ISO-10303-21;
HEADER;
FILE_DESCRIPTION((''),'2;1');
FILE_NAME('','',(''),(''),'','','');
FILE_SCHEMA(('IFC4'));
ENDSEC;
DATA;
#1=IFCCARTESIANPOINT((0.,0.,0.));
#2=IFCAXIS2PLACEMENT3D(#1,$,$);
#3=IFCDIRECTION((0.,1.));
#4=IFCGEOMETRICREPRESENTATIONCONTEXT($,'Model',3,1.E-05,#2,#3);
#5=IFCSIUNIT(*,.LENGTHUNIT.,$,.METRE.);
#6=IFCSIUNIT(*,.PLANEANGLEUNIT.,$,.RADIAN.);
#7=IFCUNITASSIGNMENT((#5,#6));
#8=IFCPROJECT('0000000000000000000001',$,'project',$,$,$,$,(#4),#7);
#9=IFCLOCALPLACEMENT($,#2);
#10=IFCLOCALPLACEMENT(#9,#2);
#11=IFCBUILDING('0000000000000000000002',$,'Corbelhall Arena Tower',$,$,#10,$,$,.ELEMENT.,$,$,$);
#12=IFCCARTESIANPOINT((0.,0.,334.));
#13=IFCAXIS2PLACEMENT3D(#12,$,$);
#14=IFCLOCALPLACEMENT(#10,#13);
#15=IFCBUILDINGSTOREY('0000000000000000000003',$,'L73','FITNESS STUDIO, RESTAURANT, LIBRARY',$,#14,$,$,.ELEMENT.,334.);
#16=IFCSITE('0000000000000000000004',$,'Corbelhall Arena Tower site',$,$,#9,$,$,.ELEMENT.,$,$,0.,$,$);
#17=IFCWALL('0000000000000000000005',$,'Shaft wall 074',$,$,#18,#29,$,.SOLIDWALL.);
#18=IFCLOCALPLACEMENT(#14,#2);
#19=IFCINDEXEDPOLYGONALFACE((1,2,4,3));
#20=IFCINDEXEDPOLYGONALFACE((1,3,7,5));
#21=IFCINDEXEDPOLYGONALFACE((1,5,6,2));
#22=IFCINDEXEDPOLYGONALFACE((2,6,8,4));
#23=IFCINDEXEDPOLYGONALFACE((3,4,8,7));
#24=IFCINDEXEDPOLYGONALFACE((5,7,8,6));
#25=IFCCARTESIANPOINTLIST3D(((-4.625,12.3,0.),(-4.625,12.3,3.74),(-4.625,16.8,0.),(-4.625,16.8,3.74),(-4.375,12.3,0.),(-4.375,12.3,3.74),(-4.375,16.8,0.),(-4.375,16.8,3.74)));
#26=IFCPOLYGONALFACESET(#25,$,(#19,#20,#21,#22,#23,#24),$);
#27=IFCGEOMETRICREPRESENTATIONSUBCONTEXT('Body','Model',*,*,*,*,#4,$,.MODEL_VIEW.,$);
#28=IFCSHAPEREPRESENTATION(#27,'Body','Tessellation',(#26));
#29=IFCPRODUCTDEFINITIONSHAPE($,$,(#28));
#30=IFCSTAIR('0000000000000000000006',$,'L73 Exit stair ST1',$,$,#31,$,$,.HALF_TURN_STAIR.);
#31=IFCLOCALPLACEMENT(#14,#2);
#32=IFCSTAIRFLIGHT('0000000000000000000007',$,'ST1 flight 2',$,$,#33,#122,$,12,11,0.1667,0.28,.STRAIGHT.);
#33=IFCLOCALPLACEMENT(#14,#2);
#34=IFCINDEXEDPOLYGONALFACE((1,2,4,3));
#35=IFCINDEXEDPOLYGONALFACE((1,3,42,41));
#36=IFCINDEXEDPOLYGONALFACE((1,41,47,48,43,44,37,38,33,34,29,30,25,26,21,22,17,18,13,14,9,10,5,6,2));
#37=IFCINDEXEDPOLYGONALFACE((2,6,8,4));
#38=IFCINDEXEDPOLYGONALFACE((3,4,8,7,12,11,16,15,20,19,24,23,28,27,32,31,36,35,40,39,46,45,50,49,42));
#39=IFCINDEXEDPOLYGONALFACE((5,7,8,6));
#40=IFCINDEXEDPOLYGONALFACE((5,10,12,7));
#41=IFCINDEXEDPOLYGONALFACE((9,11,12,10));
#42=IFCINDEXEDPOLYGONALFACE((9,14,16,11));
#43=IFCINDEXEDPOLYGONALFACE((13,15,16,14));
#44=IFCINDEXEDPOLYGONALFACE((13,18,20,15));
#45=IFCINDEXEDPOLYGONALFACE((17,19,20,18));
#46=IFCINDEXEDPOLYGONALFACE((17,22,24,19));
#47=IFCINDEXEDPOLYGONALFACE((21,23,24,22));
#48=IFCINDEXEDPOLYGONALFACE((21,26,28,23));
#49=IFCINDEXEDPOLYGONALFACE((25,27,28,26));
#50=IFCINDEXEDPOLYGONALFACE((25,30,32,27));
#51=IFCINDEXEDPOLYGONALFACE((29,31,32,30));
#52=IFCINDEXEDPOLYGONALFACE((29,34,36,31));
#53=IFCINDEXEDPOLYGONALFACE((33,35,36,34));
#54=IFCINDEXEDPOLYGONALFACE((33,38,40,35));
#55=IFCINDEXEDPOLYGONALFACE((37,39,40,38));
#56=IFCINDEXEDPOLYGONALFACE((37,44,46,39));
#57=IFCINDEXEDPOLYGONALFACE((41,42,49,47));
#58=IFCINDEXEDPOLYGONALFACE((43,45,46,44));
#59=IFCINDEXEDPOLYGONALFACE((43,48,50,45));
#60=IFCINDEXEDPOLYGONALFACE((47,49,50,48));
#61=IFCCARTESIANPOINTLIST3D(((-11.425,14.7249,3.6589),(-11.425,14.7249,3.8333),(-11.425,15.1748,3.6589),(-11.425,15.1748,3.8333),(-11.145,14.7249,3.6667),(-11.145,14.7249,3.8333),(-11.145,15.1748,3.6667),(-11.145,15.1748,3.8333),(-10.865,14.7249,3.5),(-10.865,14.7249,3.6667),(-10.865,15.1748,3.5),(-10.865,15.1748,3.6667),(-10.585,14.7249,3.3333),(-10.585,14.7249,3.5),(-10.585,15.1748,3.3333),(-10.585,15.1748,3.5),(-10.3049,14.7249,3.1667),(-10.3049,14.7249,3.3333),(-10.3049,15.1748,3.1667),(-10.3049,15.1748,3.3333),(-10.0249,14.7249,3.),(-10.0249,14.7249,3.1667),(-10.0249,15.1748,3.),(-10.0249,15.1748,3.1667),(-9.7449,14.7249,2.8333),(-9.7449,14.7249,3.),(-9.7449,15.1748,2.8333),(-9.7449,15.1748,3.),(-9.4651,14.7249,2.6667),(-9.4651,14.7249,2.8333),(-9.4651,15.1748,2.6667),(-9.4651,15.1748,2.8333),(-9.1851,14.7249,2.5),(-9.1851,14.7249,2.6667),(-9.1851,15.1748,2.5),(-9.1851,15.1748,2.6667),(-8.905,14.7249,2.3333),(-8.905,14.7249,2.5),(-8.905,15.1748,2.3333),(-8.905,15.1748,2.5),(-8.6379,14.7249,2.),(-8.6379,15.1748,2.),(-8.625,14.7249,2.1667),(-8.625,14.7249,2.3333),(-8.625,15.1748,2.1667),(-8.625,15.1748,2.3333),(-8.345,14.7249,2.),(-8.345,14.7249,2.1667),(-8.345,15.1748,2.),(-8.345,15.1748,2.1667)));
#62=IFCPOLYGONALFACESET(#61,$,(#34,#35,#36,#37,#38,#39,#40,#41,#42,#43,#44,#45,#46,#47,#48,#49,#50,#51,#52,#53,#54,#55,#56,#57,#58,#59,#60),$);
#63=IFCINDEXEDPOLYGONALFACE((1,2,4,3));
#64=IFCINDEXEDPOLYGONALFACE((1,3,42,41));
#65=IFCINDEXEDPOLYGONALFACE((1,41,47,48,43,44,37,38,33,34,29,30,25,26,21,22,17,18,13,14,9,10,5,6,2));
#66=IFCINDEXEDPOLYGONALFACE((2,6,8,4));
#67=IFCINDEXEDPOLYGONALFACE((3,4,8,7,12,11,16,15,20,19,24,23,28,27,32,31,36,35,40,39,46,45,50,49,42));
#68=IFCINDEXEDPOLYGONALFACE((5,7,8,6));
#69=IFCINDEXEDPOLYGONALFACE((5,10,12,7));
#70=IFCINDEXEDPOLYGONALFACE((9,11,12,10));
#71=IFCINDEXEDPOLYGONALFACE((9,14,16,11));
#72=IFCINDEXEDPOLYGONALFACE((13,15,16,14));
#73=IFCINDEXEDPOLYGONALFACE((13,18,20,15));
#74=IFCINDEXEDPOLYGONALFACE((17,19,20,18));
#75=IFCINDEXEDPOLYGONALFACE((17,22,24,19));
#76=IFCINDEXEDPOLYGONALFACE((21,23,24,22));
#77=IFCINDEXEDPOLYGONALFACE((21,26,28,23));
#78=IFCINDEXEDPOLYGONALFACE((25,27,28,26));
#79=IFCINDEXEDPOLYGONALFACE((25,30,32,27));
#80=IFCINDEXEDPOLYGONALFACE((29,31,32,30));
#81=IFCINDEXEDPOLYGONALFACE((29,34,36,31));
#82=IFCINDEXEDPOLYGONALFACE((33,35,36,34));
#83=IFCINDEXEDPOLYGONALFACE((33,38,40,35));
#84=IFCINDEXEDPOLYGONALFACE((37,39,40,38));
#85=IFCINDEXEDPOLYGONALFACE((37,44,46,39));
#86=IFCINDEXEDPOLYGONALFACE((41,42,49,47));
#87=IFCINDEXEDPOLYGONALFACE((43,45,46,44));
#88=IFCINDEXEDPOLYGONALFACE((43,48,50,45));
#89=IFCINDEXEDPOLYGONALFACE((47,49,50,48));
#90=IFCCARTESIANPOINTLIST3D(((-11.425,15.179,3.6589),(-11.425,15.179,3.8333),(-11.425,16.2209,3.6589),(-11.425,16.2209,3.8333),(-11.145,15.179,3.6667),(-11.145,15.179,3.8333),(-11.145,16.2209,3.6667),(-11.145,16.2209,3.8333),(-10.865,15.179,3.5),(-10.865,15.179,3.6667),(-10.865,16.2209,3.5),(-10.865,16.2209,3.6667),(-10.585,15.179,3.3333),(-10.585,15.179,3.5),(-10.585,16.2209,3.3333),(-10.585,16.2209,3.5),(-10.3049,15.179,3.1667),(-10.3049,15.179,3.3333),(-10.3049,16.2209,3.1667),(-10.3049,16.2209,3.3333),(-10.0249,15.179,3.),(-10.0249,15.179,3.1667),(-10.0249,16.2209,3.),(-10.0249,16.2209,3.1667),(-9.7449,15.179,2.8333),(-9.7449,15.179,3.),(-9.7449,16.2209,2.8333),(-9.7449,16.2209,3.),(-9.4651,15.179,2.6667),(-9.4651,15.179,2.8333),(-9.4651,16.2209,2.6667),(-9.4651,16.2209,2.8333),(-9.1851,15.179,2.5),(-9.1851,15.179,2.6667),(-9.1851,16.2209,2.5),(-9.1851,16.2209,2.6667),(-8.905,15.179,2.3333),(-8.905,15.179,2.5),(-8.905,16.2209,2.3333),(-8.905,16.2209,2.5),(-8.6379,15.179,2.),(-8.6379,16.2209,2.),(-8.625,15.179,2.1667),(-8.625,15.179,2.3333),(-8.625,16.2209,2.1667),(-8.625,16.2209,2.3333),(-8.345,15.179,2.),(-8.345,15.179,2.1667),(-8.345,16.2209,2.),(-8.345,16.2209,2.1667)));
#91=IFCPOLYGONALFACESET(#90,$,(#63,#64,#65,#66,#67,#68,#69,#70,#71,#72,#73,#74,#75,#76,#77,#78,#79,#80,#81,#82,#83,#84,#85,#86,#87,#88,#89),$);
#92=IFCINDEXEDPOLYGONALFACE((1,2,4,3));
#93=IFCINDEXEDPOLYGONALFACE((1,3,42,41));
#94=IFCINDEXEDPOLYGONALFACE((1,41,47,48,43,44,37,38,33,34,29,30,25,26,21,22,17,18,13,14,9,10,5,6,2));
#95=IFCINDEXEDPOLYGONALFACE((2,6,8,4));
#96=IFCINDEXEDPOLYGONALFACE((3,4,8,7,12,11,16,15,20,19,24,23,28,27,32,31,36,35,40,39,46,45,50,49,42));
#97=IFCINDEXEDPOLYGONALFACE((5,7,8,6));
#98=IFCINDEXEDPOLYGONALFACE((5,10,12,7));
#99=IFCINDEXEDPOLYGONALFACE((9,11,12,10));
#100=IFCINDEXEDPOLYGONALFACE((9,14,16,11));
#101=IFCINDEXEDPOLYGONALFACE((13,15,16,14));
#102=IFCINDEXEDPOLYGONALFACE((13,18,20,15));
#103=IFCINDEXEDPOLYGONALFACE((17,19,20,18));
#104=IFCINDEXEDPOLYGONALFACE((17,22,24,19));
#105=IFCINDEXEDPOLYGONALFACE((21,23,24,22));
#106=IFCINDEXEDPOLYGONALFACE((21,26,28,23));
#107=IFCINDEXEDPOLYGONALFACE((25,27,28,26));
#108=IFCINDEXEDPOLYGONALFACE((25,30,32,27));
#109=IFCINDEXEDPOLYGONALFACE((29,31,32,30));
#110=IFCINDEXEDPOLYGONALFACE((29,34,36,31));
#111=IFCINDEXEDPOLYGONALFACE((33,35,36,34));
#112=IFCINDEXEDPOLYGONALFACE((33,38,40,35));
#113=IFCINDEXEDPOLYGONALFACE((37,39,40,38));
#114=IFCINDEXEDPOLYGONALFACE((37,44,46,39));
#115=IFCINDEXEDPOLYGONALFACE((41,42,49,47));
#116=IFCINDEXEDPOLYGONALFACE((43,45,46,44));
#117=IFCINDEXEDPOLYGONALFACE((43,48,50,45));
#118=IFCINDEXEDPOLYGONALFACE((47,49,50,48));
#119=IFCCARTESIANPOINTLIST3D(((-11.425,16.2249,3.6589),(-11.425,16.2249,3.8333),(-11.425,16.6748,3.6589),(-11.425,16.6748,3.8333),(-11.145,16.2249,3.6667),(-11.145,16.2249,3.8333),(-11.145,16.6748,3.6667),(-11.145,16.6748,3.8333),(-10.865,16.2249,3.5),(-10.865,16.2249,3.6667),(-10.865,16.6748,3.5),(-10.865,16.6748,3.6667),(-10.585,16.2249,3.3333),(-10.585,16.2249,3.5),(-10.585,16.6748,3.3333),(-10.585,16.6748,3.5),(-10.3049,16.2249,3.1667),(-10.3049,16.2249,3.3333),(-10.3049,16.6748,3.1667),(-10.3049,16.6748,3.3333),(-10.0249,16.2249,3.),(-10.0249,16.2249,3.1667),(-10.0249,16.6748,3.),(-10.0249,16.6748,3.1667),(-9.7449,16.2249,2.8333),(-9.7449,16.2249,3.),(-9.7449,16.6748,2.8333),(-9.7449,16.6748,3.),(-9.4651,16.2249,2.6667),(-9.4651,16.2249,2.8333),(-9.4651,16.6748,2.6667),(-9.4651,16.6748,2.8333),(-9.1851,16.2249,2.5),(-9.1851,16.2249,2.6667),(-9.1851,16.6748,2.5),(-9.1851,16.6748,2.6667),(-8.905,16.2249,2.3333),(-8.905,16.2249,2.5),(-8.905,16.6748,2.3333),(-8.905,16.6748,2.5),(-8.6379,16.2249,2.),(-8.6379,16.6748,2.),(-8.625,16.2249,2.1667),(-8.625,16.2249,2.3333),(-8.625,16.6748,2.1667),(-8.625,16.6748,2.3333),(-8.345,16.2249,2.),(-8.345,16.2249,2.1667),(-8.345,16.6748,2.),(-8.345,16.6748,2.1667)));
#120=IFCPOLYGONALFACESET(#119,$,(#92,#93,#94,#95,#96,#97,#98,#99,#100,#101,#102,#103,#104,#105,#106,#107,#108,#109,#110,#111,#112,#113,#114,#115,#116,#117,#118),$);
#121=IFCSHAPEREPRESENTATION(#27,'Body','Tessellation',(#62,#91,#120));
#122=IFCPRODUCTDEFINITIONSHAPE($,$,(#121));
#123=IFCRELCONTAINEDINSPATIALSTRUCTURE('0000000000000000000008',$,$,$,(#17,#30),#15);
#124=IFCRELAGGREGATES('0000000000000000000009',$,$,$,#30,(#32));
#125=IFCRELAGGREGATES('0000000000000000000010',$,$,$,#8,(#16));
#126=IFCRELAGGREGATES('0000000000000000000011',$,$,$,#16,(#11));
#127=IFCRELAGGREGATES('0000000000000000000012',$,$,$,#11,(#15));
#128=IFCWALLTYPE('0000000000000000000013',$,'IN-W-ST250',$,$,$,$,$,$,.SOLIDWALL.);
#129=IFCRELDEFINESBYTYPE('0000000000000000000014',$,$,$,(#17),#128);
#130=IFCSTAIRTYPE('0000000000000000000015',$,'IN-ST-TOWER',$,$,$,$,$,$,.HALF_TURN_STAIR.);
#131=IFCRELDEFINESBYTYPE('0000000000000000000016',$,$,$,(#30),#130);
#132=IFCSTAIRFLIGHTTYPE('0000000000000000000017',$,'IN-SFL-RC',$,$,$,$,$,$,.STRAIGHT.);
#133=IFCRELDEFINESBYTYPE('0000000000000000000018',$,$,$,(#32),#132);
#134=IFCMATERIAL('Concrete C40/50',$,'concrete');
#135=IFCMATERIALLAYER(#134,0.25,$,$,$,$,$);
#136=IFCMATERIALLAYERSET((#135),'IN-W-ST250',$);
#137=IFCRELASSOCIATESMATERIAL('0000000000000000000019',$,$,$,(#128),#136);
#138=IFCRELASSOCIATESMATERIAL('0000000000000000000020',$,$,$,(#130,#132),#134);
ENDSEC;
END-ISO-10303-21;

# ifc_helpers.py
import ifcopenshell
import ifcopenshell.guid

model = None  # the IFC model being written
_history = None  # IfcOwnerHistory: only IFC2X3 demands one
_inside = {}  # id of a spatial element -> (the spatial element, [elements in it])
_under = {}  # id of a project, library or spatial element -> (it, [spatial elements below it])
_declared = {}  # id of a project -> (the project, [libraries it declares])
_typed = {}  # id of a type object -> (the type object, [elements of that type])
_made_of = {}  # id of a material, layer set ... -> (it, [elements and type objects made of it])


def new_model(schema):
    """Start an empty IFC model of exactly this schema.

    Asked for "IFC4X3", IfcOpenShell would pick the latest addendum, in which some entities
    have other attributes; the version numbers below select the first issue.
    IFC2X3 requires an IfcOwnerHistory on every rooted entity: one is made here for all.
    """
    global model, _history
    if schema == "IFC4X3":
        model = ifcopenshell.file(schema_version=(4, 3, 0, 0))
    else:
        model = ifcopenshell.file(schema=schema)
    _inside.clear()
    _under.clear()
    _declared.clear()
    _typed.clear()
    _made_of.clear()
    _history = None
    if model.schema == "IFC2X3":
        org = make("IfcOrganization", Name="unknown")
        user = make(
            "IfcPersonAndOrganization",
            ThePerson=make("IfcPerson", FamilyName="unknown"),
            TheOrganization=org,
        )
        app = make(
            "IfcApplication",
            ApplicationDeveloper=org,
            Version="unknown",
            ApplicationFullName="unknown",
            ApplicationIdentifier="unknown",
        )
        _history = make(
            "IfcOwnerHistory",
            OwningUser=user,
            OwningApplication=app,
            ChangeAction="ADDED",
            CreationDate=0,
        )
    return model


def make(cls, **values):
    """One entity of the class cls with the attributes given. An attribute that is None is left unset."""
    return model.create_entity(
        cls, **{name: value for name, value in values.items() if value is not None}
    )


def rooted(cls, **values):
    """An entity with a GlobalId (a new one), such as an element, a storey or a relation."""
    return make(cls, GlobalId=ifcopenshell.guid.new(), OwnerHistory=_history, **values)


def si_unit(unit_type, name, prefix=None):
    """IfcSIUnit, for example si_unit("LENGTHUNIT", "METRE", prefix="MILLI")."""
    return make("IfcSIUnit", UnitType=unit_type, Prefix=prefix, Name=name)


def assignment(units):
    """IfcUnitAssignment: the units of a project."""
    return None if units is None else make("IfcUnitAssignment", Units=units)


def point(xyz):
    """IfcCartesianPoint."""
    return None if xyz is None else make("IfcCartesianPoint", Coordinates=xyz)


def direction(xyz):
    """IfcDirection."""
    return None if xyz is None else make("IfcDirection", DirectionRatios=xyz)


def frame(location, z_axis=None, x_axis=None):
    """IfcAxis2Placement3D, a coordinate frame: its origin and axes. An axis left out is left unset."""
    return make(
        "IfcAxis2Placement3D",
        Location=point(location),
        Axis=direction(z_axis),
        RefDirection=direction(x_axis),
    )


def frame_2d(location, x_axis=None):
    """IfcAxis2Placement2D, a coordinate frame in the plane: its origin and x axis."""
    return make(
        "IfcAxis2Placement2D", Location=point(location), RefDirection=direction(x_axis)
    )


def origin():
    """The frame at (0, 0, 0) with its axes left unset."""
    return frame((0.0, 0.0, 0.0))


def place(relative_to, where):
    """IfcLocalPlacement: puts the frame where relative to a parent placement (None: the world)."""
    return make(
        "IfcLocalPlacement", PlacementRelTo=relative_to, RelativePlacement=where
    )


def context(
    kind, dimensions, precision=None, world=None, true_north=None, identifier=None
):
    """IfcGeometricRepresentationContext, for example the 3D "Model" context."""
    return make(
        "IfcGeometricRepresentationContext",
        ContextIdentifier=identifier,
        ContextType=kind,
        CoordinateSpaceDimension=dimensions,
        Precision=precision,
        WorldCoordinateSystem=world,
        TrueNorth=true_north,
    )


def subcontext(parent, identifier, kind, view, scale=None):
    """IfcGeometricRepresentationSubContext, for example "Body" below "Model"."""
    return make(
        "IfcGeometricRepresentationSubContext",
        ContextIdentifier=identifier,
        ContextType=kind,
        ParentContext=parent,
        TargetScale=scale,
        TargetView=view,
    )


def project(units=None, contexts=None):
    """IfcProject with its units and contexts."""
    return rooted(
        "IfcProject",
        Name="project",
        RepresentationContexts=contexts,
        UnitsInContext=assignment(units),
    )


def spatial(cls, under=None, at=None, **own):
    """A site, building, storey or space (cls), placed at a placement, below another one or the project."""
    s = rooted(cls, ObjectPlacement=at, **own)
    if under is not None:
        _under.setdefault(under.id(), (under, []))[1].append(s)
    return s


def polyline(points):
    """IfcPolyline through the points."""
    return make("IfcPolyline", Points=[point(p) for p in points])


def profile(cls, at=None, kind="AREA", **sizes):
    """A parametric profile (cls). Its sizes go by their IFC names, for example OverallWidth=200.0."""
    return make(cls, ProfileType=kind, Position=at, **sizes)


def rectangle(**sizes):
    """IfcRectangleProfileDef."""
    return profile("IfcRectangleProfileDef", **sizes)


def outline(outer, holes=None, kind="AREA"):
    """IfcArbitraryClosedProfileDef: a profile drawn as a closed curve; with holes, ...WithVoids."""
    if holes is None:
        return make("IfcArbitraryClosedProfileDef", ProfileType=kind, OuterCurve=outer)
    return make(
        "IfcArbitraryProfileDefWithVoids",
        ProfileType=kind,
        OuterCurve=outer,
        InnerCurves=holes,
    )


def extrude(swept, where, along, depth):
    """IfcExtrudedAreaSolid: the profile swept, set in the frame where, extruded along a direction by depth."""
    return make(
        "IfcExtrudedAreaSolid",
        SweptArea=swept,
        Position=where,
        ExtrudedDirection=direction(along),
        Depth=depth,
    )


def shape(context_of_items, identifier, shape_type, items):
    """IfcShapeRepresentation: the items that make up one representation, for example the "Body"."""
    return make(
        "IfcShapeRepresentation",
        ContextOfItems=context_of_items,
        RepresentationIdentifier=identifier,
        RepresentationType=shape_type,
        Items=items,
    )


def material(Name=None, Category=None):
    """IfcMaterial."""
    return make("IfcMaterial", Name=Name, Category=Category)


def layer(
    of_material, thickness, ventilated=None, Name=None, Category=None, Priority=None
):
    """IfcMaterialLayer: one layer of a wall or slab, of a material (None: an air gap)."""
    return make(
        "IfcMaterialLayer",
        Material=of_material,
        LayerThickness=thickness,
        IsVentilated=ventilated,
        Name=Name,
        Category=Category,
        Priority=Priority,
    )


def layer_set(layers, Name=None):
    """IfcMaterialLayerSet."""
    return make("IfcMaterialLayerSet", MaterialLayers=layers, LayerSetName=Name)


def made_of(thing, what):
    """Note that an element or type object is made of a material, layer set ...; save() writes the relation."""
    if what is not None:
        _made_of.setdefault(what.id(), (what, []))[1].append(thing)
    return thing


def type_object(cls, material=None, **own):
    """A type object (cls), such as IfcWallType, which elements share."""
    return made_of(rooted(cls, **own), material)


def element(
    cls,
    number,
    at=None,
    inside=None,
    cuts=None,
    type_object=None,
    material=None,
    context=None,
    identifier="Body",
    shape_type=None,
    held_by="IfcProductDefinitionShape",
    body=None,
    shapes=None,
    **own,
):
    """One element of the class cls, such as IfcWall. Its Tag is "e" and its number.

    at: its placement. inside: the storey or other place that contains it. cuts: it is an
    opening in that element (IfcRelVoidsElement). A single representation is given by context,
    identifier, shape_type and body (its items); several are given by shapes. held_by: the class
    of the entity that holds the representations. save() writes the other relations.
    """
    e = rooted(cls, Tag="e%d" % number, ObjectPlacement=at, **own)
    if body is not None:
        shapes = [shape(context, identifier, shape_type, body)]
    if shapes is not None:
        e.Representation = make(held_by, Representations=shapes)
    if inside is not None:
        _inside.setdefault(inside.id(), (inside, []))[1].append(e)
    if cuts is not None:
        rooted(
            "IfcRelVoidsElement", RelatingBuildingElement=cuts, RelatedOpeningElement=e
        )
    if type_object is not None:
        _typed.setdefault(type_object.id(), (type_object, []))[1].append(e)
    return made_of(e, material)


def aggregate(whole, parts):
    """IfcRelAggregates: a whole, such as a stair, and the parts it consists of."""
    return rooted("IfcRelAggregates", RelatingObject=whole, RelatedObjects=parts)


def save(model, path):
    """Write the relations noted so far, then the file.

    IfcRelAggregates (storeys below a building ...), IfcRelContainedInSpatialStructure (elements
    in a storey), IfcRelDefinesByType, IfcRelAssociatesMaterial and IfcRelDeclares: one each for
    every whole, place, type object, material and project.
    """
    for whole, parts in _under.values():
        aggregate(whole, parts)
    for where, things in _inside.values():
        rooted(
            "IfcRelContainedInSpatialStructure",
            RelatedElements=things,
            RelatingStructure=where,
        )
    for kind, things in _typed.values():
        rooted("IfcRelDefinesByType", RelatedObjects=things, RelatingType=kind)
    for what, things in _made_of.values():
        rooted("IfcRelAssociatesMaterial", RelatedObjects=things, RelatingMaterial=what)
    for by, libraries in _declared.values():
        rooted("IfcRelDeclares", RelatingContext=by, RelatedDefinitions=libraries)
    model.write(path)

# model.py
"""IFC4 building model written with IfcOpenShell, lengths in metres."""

from ifc_helpers import new_model, si_unit, direction, frame, frame_2d, origin, place, context, subcontext, project, spatial, polyline, rectangle, outline, extrude, material, layer, layer_set, type_object, element, aggregate, save


model = new_model("IFC4")

# Units and contexts
model_context = context("Model", 3, precision=1e-05, world=origin(), true_north=direction((0.0, 1.0)))
body_context = subcontext(model_context, "Body", "Model", "MODEL_VIEW")
ifc_project = project(units=[si_unit("LENGTHUNIT", "METRE"), si_unit("PLANEANGLEUNIT", "RADIAN")], contexts=[model_context])

# Site, building, storey
site_placement = place(None, origin())
site = spatial("IfcSite", under=ifc_project, at=site_placement, Name="Corbelhall Arena Tower site", CompositionType="ELEMENT", RefElevation=0.0)
building_placement = place(site_placement, origin())
building = spatial("IfcBuilding", under=site, at=building_placement, Name="Corbelhall Arena Tower", CompositionType="ELEMENT")
storey_placement = place(building_placement, frame((0.0, 0.0, 334.0)))
storey = spatial("IfcBuildingStorey", under=building, at=storey_placement, Name="L73", Description="FITNESS STUDIO, RESTAURANT, LIBRARY", CompositionType="ELEMENT", Elevation=334.0)

# Wall
ifc_material_1 = material(Name="Concrete C40/50", Category="concrete")
ifc_layer_1 = layer(ifc_material_1, 0.25)
ifc_layer_set_1 = layer_set([ifc_layer_1], Name="IN-W-ST250")
wall_type_1 = type_object("IfcWallType", Name="IN-W-ST250", PredefinedType="SOLIDWALL", material=ifc_layer_set_1)
wall_1_placement = place(storey_placement, frame((-4.5, 16.8, 0.0), z_axis=(0.0, 0.0, 1.0), x_axis=(0.0, -1.0, 0.0)))
element("IfcWall", 1, at=wall_1_placement, inside=storey, type_object=wall_type_1, Name="Shaft wall 074", PredefinedType="SOLIDWALL", context=body_context, shape_type="SweptSolid", body=[
    extrude(rectangle(XDim=4.5, YDim=0.25, at=frame_2d((2.25, 0.0))), origin(), (0.0, 0.0, 1.0), 3.74),
])

# Stair, stair flight
stair_type = type_object("IfcStairType", Name="IN-ST-TOWER", PredefinedType="HALF_TURN_STAIR", material=ifc_material_1)
stair_placement = place(storey_placement, origin())
stair = element("IfcStair", 2, at=stair_placement, inside=storey, type_object=stair_type, Name="L73 Exit stair ST1", PredefinedType="HALF_TURN_STAIR")
stair_flight_type = type_object("IfcStairFlightType", Name="IN-SFL-RC", PredefinedType="STRAIGHT", material=ifc_material_1)
stair_flight_placement = place(storey_placement, frame((-8.345, 15.7, 2.0), z_axis=(0.0, 0.0, 1.0), x_axis=(-1.0, 0.0, 0.0)))
stair_flight = element("IfcStairFlight", 3, at=stair_flight_placement, type_object=stair_flight_type, Name="ST1 flight 2", NumberOfRisers=12, NumberOfTreads=11, PredefinedType="STRAIGHT", RiserHeight=0.1667, TreadLength=0.28, context=body_context, shape_type="SweptSolid", body=[
    extrude(outline(polyline([(0.0, 0.0), (0.0, 0.1667), (0.28, 0.1667), (0.28, 0.3333), (0.5601, 0.3333), (0.5601, 0.5), (0.8401, 0.5), (0.8401, 0.6667), (1.1201, 0.6667), (1.1201, 0.8333), (1.3999, 0.8333), (1.3999, 1.0), (1.6799, 1.0), (1.6799, 1.1667), (1.96, 1.1667), (1.96, 1.3333), (2.24, 1.3333), (2.24, 1.5), (2.52, 1.5), (2.52, 1.6667), (2.8, 1.6667), (2.8, 1.8333), (3.0801, 1.8333), (3.0801, 2.0), (3.0801, 1.6589), (0.293, 0.0), (0.0, 0.0)])), frame((0.0, 0.9751, 0.0), z_axis=(0.0, -1.0, 0.0), x_axis=(1.0, 0.0, 0.0)), (0.0, 0.0, 1.0), 0.45),
    extrude(outline(polyline([(0.0, 0.0), (0.0, 0.1667), (0.28, 0.1667), (0.28, 0.3333), (0.5601, 0.3333), (0.5601, 0.5), (0.8401, 0.5), (0.8401, 0.6667), (1.1201, 0.6667), (1.1201, 0.8333), (1.3999, 0.8333), (1.3999, 1.0), (1.6799, 1.0), (1.6799, 1.1667), (1.96, 1.1667), (1.96, 1.3333), (2.24, 1.3333), (2.24, 1.5), (2.52, 1.5), (2.52, 1.6667), (2.8, 1.6667), (2.8, 1.8333), (3.0801, 1.8333), (3.0801, 2.0), (3.0801, 1.6589), (0.293, 0.0), (0.0, 0.0)])), frame((0.0, 0.521, 0.0), z_axis=(0.0, -1.0, 0.0), x_axis=(1.0, 0.0, 0.0)), (0.0, 0.0, 1.0), 1.042),
    extrude(outline(polyline([(0.0, 0.0), (0.0, 0.1667), (0.28, 0.1667), (0.28, 0.3333), (0.5601, 0.3333), (0.5601, 0.5), (0.8401, 0.5), (0.8401, 0.6667), (1.1201, 0.6667), (1.1201, 0.8333), (1.3999, 0.8333), (1.3999, 1.0), (1.6799, 1.0), (1.6799, 1.1667), (1.96, 1.1667), (1.96, 1.3333), (2.24, 1.3333), (2.24, 1.5), (2.52, 1.5), (2.52, 1.6667), (2.8, 1.6667), (2.8, 1.8333), (3.0801, 1.8333), (3.0801, 2.0), (3.0801, 1.6589), (0.293, 0.0), (0.0, 0.0)])), frame((0.0, -0.5249, 0.0), z_axis=(0.0, -1.0, 0.0), x_axis=(1.0, 0.0, 0.0)), (0.0, 0.0, 1.0), 0.45),
])
aggregate(stair, [stair_flight])

save(model, "model.ifc")
